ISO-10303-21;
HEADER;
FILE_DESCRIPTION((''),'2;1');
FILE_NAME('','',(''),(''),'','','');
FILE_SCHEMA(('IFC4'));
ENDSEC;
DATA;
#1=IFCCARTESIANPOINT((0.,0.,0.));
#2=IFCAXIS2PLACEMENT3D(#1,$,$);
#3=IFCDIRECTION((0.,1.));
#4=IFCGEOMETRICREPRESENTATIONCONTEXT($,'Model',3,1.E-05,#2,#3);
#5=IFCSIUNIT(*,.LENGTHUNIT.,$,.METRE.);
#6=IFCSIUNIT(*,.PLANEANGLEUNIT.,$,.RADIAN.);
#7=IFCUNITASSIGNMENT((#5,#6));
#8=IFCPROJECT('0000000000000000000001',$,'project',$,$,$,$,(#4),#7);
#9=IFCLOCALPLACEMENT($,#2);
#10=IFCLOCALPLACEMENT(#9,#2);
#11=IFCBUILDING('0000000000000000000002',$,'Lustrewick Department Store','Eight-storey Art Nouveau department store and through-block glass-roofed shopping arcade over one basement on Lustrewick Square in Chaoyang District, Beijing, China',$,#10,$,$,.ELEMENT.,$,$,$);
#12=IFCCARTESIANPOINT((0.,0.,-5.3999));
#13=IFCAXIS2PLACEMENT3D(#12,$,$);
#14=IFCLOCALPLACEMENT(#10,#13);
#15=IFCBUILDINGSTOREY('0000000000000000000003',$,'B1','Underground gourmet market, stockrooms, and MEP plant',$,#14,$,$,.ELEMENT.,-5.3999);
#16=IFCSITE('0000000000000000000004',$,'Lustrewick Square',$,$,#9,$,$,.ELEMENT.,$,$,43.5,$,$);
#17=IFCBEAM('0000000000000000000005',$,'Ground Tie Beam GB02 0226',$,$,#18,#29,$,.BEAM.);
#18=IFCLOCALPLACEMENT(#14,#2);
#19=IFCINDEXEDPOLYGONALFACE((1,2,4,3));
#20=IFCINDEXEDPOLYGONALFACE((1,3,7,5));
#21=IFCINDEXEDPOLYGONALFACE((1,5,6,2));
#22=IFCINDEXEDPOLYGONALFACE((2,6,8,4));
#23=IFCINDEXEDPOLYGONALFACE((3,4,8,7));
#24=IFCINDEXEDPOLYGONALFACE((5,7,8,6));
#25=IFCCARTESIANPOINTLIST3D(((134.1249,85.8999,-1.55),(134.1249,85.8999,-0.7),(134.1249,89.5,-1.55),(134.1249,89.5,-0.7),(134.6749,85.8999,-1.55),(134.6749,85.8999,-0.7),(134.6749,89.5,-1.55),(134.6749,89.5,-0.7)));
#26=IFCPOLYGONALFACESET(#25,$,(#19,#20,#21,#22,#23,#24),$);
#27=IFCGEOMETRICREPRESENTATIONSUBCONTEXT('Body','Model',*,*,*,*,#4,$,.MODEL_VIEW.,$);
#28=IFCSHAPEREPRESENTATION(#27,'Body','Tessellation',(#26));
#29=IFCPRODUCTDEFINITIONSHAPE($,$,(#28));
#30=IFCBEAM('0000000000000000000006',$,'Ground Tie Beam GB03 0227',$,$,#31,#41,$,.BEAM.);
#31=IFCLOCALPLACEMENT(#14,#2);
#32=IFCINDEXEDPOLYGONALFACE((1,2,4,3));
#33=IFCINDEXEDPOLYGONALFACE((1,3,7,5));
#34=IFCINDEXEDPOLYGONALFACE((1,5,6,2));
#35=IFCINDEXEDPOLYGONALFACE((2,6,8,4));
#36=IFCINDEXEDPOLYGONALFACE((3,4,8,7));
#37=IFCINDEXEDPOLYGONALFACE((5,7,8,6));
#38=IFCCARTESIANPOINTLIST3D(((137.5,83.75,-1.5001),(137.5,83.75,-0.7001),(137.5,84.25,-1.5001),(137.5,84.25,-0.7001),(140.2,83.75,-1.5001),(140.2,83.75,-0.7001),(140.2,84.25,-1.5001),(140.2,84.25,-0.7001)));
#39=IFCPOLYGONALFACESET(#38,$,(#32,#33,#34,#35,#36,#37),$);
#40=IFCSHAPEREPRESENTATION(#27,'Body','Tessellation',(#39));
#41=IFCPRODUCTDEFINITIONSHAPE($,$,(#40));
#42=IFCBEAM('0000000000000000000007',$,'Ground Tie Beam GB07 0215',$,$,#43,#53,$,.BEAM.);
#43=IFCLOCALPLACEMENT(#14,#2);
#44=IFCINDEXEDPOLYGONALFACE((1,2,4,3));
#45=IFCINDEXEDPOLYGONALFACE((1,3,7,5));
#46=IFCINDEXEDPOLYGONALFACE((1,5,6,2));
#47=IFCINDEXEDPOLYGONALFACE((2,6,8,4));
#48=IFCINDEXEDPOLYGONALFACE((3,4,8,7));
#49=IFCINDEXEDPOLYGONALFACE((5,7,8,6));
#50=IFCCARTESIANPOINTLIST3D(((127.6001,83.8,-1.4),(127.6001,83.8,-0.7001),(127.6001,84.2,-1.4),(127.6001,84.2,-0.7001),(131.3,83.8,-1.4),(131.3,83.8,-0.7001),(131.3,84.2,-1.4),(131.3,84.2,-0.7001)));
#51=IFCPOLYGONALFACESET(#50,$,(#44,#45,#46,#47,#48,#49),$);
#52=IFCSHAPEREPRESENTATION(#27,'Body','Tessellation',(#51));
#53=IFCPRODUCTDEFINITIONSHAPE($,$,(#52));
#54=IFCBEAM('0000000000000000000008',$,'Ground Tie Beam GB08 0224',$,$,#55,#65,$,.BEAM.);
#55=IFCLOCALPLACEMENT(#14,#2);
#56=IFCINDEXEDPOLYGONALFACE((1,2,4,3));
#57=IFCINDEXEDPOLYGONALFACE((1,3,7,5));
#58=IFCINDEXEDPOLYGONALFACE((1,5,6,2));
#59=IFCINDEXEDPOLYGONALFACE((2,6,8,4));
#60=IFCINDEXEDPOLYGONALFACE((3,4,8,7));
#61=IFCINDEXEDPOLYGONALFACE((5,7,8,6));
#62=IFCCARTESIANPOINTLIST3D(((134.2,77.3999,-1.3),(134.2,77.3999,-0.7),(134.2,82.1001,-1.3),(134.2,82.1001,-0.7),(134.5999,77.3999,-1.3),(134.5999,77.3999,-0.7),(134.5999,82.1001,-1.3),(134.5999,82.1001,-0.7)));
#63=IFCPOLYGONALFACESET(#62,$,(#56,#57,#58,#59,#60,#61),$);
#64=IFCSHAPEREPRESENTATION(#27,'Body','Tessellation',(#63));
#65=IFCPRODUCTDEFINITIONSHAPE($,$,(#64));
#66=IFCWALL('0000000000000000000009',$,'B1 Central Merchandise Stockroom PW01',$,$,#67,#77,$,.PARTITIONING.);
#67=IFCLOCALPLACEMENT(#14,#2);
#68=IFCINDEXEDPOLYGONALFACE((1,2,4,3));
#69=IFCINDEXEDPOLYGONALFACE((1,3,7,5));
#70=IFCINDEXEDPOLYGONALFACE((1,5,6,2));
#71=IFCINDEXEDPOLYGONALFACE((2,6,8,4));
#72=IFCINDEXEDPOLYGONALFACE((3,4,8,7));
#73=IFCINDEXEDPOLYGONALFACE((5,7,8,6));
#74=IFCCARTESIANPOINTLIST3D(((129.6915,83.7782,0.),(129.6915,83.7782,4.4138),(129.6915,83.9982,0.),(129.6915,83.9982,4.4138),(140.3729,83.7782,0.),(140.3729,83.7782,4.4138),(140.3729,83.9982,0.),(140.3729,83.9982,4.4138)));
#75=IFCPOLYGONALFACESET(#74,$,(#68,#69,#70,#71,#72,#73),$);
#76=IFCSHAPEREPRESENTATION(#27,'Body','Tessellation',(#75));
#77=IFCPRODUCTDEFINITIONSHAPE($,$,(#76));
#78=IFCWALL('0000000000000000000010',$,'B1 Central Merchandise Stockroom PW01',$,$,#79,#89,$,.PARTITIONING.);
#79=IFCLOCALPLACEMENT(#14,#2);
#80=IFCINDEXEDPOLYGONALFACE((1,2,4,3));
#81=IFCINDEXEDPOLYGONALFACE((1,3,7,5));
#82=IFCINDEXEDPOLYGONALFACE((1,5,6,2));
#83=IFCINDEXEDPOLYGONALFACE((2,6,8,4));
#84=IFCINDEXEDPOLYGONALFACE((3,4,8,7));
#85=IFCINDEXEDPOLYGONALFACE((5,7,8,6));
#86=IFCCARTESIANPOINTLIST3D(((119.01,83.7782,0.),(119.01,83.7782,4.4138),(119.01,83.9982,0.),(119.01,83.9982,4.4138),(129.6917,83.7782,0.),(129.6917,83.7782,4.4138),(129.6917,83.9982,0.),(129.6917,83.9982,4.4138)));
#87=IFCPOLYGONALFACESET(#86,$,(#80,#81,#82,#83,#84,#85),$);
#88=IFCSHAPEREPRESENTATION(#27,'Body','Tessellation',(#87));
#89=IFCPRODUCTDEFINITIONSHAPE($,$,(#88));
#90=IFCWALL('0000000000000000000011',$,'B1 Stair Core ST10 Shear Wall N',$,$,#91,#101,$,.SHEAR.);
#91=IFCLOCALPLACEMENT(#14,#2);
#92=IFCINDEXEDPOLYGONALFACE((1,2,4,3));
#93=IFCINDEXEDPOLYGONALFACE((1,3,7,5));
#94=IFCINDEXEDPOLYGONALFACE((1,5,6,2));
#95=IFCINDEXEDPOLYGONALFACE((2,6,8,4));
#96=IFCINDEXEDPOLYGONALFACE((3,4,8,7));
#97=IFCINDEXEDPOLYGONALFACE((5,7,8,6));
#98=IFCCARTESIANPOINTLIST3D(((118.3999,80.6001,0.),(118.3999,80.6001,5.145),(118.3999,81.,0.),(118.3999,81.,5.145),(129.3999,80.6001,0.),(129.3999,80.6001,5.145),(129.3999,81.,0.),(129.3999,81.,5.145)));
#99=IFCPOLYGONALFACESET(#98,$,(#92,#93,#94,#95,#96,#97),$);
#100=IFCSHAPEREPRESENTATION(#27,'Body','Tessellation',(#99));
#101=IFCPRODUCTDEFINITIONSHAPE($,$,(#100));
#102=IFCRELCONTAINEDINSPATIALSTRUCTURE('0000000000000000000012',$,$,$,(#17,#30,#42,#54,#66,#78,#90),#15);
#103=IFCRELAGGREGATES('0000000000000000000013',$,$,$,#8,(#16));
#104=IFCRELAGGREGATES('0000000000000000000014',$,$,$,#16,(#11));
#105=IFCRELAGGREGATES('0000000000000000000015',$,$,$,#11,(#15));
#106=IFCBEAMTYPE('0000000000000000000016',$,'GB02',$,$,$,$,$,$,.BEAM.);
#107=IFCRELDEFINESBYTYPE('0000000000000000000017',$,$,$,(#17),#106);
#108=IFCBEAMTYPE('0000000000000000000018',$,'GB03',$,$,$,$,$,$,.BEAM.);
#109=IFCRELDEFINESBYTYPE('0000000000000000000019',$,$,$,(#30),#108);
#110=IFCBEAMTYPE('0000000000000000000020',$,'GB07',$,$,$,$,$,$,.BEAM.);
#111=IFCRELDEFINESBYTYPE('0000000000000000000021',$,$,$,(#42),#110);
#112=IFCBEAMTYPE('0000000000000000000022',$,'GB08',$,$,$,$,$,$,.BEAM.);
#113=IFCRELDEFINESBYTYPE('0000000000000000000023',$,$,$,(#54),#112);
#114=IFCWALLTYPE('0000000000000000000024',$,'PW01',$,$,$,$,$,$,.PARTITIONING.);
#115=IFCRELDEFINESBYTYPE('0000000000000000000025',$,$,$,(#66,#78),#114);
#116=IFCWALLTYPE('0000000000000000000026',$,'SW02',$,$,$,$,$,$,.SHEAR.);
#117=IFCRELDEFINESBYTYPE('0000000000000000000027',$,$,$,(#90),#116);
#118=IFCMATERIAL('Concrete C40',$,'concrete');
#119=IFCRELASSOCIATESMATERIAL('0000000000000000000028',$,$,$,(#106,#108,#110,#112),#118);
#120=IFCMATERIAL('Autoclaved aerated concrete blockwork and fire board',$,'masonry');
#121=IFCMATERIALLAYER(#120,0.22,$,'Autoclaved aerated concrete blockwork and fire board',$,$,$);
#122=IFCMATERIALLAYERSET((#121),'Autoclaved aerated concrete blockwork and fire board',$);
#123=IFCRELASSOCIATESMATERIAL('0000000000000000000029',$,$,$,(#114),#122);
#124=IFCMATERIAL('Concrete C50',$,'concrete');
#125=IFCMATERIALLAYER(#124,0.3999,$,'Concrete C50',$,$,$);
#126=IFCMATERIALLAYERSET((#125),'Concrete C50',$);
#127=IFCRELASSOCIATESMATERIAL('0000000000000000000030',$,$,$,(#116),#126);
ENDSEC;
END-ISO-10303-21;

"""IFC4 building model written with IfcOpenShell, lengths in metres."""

from ifc_helpers import new_model, si_unit, direction, frame, frame_2d, origin, origin_2d, place, context, subcontext, project, spatial, rectangle, extrude, material, layer, layer_set, material_profile, profile_set, type_object, element, save


model = new_model("IFC4")

# Units and contexts
model_context = context("Model", 3, precision=1e-05, world=origin(), true_north=direction((0.0, 1.0)))
body_context = subcontext(model_context, "Body", "Model", "MODEL_VIEW")
ifc_project = project(units=[si_unit("LENGTHUNIT", "METRE"), si_unit("PLANEANGLEUNIT", "RADIAN")], contexts=[model_context])

# Site, building, storey
site_placement = place(None, origin())
site = spatial("IfcSite", under=ifc_project, at=site_placement, Name="Lustrewick Square", CompositionType="ELEMENT", RefElevation=43.5)
building_placement = place(site_placement, origin())
building = spatial("IfcBuilding", under=site, at=building_placement, Name="Lustrewick Department Store", Description="Eight-storey Art Nouveau department store and through-block glass-roofed shopping arcade over one basement on Lustrewick Square in Chaoyang District, Beijing, China", CompositionType="ELEMENT")
storey_placement = place(building_placement, frame((0.0, 0.0, -5.3999)))
storey = spatial("IfcBuildingStorey", under=building, at=storey_placement, Name="B1", Description="Underground gourmet market, stockrooms, and MEP plant", CompositionType="ELEMENT", Elevation=-5.3999)

# Shared definitions
ifc_material_1 = material(Name="Concrete C40", Category="concrete")

# Shared definitions
ifc_material_2 = material(Name="Concrete C50", Category="concrete")

# Beams
ifc_material_profile_1 = material_profile(ifc_material_1, rectangle(XDim=0.55, YDim=0.8501, at=origin_2d()), Name="RC 550x850")
ifc_profile_set_1 = profile_set([ifc_material_profile_1], Name="Concrete C40")
beam_type_1 = type_object("IfcBeamType", Name="GB02", PredefinedType="BEAM", material=ifc_profile_set_1)
beam_1_placement = place(storey_placement, frame((134.3999, 85.8999, -1.125), z_axis=(0.0, 1.0, 0.0), x_axis=(-1.0, 0.0, 0.0)))
element("IfcBeam", 1, at=beam_1_placement, inside=storey, type_object=beam_type_1, Name="Ground Tie Beam GB02 0226", PredefinedType="BEAM", context=body_context, shape_type="SweptSolid", body=[
    extrude(rectangle(XDim=0.55, YDim=0.8501, at=origin_2d()), origin(), (0.0, 0.0, 1.0), 3.6001),
])
ifc_material_profile_2 = material_profile(ifc_material_1, rectangle(XDim=0.5, YDim=0.8, at=origin_2d()), Name="RC 500x800")
ifc_profile_set_2 = profile_set([ifc_material_profile_2], Name="Concrete C40")
beam_type_2 = type_object("IfcBeamType", Name="GB03", PredefinedType="BEAM", material=ifc_profile_set_2)
beam_2_placement = place(storey_placement, frame((137.5, 84.0, -1.1001), z_axis=(1.0, 0.0, 0.0), x_axis=(0.0, 1.0, 0.0)))
element("IfcBeam", 2, at=beam_2_placement, inside=storey, type_object=beam_type_2, Name="Ground Tie Beam GB03 0227", PredefinedType="BEAM", context=body_context, shape_type="SweptSolid", body=[
    extrude(rectangle(XDim=0.5, YDim=0.8, at=origin_2d()), origin(), (0.0, 0.0, 1.0), 2.7),
])
ifc_material_profile_3 = material_profile(ifc_material_1, rectangle(XDim=0.3999, YDim=0.7, at=origin_2d()), Name="RC 400x700")
ifc_profile_set_3 = profile_set([ifc_material_profile_3], Name="Concrete C40")
beam_type_3 = type_object("IfcBeamType", Name="GB07", PredefinedType="BEAM", material=ifc_profile_set_3)
beam_3_placement = place(storey_placement, frame((127.6001, 84.0, -1.05), z_axis=(1.0, 0.0, 0.0), x_axis=(0.0, 1.0, 0.0)))
element("IfcBeam", 3, at=beam_3_placement, inside=storey, type_object=beam_type_3, Name="Ground Tie Beam GB07 0215", PredefinedType="BEAM", context=body_context, shape_type="SweptSolid", body=[
    extrude(rectangle(XDim=0.3999, YDim=0.7, at=origin_2d()), origin(), (0.0, 0.0, 1.0), 3.7),
])
ifc_material_profile_4 = material_profile(ifc_material_1, rectangle(XDim=0.3999, YDim=0.6001, at=origin_2d()), Name="RC 400x600")
ifc_profile_set_4 = profile_set([ifc_material_profile_4], Name="Concrete C40")
beam_type_4 = type_object("IfcBeamType", Name="GB08", PredefinedType="BEAM", material=ifc_profile_set_4)
beam_4_placement = place(storey_placement, frame((134.3999, 77.3999, -1.0), z_axis=(0.0, 1.0, 0.0), x_axis=(-1.0, 0.0, 0.0)))
element("IfcBeam", 4, at=beam_4_placement, inside=storey, type_object=beam_type_4, Name="Ground Tie Beam GB08 0224", PredefinedType="BEAM", context=body_context, shape_type="SweptSolid", body=[
    extrude(rectangle(XDim=0.3999, YDim=0.6001, at=origin_2d()), origin(), (0.0, 0.0, 1.0), 4.7002),
])

# Walls
ifc_material_3 = material(Name="Autoclaved aerated concrete blockwork and fire board", Category="masonry")
ifc_layer_1 = layer(ifc_material_3, 0.22, Name="Autoclaved aerated concrete blockwork and fire board")
ifc_layer_set_1 = layer_set([ifc_layer_1], Name="Autoclaved aerated concrete blockwork and fire board")
wall_type_1 = type_object("IfcWallType", Name="PW01", PredefinedType="PARTITIONING", material=ifc_layer_set_1)
wall_1_placement = place(storey_placement, frame((140.373, 83.8882, 0.0), z_axis=(0.0, 0.0, 1.0), x_axis=(-1.0, 0.0, 0.0)))
element("IfcWall", 5, at=wall_1_placement, inside=storey, type_object=wall_type_1, Name="B1 Central Merchandise Stockroom PW01", PredefinedType="PARTITIONING", context=body_context, shape_type="SweptSolid", body=[
    extrude(rectangle(XDim=10.6814, YDim=0.22, at=frame_2d((5.3408, 0.0))), origin(), (0.0, 0.0, 1.0), 4.4138),
])
wall_2_placement = place(storey_placement, frame((129.6917, 83.8882, 0.0), z_axis=(0.0, 0.0, 1.0), x_axis=(-1.0, 0.0, 0.0)))
element("IfcWall", 6, at=wall_2_placement, inside=storey, type_object=wall_type_1, Name="B1 Central Merchandise Stockroom PW01", PredefinedType="PARTITIONING", context=body_context, shape_type="SweptSolid", body=[
    extrude(rectangle(XDim=10.6816, YDim=0.22, at=frame_2d((5.3408, 0.0))), origin(), (0.0, 0.0, 1.0), 4.4138),
])
ifc_layer_2 = layer(ifc_material_2, 0.3999, Name="Concrete C50")
ifc_layer_set_2 = layer_set([ifc_layer_2], Name="Concrete C50")
wall_type_2 = type_object("IfcWallType", Name="SW02", PredefinedType="SHEAR", material=ifc_layer_set_2)
wall_3_placement = place(storey_placement, frame((129.3999, 80.8, 0.0), z_axis=(0.0, 0.0, 1.0), x_axis=(-1.0, 0.0, 0.0)))
element("IfcWall", 7, at=wall_3_placement, inside=storey, type_object=wall_type_2, Name="B1 Stair Core ST10 Shear Wall N", PredefinedType="SHEAR", context=body_context, shape_type="SweptSolid", body=[
    extrude(rectangle(XDim=11.0, YDim=0.3999, at=frame_2d((5.5, 0.0))), origin(), (0.0, 0.0, 1.0), 5.145),
])

save(model, "model.ifc")
